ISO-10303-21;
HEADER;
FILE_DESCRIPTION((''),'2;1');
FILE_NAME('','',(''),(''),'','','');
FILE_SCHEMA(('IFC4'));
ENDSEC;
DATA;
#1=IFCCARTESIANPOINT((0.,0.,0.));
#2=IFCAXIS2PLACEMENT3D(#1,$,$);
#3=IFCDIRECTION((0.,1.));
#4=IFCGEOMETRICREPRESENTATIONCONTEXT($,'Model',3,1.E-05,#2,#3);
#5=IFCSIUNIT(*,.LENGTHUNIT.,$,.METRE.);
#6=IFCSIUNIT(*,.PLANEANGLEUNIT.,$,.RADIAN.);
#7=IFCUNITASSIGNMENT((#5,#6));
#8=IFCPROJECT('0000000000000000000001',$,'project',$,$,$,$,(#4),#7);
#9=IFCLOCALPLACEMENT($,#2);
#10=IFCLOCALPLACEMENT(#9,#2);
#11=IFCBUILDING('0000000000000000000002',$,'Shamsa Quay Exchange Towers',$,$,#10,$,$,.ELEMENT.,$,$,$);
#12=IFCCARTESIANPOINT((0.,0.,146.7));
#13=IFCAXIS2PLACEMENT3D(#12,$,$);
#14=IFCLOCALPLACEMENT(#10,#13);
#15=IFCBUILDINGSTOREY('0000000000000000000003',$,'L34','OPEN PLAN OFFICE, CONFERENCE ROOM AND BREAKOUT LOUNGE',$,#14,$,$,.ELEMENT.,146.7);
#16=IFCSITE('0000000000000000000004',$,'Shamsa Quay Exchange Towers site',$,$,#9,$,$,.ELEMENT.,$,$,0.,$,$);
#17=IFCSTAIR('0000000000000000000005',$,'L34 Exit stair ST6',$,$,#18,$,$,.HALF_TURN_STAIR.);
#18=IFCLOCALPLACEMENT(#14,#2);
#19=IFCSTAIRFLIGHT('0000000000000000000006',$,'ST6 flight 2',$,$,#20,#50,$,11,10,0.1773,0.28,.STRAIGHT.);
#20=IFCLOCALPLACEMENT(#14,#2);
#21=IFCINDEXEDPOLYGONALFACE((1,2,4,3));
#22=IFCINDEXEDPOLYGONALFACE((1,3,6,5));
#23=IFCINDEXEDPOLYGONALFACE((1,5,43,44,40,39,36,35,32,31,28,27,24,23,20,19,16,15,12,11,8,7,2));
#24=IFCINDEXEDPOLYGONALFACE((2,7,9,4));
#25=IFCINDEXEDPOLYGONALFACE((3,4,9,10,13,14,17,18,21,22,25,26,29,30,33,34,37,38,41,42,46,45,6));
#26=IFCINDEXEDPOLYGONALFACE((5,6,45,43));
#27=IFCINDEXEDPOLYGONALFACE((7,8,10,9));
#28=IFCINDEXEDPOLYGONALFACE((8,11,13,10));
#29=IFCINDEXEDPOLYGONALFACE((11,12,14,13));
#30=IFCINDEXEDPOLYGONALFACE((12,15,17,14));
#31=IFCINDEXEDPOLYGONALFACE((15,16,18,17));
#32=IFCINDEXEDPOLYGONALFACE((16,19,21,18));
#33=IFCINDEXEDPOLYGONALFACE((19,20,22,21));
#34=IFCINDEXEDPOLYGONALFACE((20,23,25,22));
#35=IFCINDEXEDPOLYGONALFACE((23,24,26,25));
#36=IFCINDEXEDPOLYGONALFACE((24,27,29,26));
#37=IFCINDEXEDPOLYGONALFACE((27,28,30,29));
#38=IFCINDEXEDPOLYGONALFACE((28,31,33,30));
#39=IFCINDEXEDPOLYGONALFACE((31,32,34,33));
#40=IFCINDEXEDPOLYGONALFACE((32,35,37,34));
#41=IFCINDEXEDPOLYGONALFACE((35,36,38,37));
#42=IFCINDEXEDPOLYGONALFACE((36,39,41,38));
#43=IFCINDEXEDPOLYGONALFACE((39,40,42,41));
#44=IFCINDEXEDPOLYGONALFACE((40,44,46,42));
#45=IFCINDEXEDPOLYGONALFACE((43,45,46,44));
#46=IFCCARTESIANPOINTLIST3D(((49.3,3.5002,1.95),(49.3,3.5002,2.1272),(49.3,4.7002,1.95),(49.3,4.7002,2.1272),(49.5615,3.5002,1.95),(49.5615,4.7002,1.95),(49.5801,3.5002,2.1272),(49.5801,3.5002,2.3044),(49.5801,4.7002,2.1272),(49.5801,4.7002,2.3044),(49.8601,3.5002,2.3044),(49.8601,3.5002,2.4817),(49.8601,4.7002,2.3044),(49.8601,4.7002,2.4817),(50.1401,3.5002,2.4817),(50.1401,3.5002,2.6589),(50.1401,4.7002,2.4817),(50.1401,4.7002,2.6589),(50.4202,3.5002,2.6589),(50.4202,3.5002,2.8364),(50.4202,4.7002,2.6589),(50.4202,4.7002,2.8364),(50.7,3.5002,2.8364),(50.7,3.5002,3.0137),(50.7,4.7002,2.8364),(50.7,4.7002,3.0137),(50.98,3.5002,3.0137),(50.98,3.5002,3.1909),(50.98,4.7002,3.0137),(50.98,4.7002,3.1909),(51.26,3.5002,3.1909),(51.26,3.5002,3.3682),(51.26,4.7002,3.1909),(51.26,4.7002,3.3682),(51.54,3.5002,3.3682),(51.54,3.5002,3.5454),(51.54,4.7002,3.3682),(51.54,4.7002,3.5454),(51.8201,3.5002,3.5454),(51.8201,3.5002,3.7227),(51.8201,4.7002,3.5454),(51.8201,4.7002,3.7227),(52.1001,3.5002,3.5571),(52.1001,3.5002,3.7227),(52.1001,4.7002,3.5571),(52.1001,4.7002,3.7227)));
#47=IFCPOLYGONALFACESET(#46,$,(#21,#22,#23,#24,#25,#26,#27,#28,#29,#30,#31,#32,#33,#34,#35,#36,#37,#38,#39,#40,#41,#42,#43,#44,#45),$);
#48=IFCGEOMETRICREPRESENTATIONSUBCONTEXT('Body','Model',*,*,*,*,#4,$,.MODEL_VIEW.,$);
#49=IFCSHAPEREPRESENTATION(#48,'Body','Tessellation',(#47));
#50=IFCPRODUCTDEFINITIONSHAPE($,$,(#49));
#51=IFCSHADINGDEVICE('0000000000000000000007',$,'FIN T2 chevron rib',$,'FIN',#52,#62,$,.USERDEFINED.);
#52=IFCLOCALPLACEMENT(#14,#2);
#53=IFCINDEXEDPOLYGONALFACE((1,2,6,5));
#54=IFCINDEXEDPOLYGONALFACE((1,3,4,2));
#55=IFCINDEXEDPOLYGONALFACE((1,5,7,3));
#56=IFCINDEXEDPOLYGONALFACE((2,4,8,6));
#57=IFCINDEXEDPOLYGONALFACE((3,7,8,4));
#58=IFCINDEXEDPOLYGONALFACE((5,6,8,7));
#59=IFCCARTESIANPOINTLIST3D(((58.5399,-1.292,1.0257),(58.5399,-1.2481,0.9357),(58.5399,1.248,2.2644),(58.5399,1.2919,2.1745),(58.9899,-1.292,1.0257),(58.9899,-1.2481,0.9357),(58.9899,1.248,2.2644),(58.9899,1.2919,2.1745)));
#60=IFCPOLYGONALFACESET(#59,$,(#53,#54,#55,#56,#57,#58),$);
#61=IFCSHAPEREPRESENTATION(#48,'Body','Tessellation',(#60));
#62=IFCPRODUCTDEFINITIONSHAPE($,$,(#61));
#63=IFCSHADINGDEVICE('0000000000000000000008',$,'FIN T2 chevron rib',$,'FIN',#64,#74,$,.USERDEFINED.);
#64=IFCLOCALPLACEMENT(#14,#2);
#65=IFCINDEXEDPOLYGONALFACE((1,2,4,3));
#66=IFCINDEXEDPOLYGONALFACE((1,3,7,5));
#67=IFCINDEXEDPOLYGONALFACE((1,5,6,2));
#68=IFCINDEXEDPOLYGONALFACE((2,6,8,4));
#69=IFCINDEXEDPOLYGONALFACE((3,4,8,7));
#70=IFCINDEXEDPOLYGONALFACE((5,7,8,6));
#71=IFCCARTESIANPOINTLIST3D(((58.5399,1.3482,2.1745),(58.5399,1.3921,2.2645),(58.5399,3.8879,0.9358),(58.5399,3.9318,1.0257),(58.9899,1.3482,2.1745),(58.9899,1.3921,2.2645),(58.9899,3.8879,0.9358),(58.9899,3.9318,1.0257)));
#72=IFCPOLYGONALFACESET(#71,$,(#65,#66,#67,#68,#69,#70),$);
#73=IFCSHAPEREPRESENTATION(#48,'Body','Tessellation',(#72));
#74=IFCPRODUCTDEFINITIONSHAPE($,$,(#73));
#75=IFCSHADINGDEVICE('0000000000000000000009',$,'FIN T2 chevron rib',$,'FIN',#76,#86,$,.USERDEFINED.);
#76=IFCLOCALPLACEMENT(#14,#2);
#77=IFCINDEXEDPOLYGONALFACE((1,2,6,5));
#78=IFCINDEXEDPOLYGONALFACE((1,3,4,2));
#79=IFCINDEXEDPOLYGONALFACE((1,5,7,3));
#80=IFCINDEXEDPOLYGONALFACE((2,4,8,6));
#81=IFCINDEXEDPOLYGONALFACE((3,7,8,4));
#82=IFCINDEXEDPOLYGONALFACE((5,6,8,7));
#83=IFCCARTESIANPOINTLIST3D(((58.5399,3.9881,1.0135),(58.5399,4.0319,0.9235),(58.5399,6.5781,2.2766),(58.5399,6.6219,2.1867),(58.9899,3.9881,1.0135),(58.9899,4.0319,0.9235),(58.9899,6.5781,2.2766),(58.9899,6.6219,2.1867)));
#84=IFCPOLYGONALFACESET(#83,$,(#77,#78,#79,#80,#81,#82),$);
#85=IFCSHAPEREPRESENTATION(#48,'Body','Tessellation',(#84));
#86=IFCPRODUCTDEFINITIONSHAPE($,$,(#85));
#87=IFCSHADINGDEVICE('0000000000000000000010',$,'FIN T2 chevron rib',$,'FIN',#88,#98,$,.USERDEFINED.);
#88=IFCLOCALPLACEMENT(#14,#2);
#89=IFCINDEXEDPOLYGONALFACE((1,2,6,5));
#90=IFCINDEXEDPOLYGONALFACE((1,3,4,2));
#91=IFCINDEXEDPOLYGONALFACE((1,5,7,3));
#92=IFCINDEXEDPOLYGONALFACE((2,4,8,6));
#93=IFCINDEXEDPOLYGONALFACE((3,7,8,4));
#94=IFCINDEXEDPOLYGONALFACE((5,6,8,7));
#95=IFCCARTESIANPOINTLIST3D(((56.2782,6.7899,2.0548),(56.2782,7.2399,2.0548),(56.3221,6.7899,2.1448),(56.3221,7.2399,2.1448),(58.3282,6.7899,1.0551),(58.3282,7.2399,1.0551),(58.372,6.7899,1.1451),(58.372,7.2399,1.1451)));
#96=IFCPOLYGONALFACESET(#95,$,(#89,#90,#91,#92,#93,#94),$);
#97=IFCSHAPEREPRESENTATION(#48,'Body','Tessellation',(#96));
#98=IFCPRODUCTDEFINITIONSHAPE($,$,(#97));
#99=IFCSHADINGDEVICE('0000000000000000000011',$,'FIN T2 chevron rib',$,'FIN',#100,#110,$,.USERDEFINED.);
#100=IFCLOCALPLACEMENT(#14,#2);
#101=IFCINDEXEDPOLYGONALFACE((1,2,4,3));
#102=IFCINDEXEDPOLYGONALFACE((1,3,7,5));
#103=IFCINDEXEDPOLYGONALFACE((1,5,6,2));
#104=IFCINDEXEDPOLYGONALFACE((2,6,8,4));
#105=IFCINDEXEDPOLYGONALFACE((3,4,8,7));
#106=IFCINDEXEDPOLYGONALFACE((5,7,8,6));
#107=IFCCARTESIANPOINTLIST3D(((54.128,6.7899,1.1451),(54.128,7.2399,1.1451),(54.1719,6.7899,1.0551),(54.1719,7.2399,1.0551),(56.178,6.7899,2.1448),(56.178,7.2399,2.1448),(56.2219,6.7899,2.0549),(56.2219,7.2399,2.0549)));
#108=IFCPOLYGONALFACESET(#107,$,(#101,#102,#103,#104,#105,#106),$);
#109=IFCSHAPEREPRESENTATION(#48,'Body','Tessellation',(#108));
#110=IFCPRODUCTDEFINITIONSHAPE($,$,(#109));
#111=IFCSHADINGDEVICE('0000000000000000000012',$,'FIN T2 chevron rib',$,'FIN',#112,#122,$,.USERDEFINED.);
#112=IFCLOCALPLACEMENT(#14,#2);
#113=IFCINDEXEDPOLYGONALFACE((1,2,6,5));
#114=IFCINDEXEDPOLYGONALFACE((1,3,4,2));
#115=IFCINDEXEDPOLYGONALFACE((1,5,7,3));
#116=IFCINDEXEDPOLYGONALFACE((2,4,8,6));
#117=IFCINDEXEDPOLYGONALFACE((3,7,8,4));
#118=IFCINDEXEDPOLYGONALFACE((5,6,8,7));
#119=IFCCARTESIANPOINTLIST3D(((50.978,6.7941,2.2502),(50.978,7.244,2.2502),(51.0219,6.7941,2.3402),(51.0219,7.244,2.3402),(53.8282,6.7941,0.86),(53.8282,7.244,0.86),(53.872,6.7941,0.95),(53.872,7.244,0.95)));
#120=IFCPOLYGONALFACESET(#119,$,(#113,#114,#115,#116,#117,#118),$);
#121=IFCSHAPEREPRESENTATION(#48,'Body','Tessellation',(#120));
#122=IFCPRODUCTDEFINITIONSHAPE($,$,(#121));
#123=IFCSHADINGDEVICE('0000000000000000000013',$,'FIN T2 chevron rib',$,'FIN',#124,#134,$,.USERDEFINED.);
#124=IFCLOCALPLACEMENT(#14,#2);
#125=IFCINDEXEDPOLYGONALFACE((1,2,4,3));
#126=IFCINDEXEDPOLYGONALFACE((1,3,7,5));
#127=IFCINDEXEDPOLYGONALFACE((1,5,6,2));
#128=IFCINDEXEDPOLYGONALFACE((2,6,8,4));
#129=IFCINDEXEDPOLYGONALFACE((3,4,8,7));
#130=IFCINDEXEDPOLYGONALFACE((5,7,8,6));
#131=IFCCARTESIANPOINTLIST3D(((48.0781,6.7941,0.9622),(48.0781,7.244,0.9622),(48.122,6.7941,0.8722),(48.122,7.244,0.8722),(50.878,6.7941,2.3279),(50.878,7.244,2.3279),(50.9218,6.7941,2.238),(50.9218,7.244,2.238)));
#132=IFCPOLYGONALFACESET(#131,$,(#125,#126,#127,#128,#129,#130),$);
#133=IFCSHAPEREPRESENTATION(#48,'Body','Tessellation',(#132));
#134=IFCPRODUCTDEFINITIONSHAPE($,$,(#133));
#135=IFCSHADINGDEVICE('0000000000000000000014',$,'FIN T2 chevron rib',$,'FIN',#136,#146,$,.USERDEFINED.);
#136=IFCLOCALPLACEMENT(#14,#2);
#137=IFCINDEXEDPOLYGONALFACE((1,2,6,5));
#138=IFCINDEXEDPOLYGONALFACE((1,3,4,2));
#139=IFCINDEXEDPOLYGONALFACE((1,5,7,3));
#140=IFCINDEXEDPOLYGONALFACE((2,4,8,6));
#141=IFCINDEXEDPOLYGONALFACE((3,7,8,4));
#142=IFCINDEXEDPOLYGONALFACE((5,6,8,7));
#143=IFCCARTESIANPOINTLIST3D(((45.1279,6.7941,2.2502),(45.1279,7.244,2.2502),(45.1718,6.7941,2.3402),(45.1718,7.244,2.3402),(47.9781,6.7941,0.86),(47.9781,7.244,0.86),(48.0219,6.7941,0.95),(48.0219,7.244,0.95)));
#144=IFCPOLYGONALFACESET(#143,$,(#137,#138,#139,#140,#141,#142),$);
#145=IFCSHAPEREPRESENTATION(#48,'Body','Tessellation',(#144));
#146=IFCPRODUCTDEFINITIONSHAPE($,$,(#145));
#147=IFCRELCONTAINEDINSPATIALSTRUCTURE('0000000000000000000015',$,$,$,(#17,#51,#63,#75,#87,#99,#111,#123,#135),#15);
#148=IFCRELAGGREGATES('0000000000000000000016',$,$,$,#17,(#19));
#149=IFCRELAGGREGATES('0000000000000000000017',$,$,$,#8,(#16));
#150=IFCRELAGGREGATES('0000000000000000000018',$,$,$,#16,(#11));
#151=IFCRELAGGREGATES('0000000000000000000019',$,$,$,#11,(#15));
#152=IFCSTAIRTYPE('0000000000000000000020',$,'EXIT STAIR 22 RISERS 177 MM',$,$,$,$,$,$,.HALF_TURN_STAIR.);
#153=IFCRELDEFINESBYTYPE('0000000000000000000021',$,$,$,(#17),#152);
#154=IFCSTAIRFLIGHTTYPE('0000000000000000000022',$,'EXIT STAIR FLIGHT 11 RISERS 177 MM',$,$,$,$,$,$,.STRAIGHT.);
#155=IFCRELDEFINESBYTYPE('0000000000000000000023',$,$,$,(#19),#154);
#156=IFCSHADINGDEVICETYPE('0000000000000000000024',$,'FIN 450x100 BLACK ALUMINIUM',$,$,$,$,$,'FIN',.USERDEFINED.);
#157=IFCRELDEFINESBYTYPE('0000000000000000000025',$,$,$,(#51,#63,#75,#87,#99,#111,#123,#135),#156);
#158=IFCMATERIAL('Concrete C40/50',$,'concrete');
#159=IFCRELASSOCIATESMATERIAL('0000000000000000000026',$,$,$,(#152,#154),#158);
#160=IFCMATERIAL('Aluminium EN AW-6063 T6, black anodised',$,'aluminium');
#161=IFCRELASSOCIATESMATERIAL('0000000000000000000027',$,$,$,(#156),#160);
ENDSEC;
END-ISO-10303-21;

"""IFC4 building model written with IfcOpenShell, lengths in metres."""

from ifc_helpers import new_model, si_unit, direction, frame, origin, origin_2d, place, context, subcontext, project, spatial, polyline, rectangle, outline, extrude, material, material_profile, profile_set, type_object, element, aggregate, save


model = new_model("IFC4")

# Units and contexts
model_context = context("Model", 3, precision=1e-05, world=origin(), true_north=direction((0.0, 1.0)))
body_context = subcontext(model_context, "Body", "Model", "MODEL_VIEW")
ifc_project = project(units=[si_unit("LENGTHUNIT", "METRE"), si_unit("PLANEANGLEUNIT", "RADIAN")], contexts=[model_context])

# Site, building, storey
site_placement = place(None, origin())
site = spatial("IfcSite", under=ifc_project, at=site_placement, Name="Shamsa Quay Exchange Towers site", CompositionType="ELEMENT", RefElevation=0.0)
building_placement = place(site_placement, origin())
building = spatial("IfcBuilding", under=site, at=building_placement, Name="Shamsa Quay Exchange Towers", CompositionType="ELEMENT")
storey_placement = place(building_placement, frame((0.0, 0.0, 146.7)))
storey = spatial("IfcBuildingStorey", under=building, at=storey_placement, Name="L34", Description="OPEN PLAN OFFICE, CONFERENCE ROOM AND BREAKOUT LOUNGE", CompositionType="ELEMENT", Elevation=146.7)

# Shared definitions
ifc_material_1 = material(Name="Aluminium EN AW-6063 T6, black anodised", Category="aluminium")

# Stair, stair flight
ifc_material_2 = material(Name="Concrete C40/50", Category="concrete")
stair_type = type_object("IfcStairType", Name="EXIT STAIR 22 RISERS 177 MM", PredefinedType="HALF_TURN_STAIR", material=ifc_material_2)
stair_placement = place(storey_placement, origin())
stair = element("IfcStair", 1, at=stair_placement, inside=storey, type_object=stair_type, Name="L34 Exit stair ST6", PredefinedType="HALF_TURN_STAIR")
stair_flight_type = type_object("IfcStairFlightType", Name="EXIT STAIR FLIGHT 11 RISERS 177 MM", PredefinedType="STRAIGHT", material=ifc_material_2)
stair_flight_1_placement = place(storey_placement, frame((49.3, 4.1001, 1.95)))
stair_flight_1 = element("IfcStairFlight", 2, at=stair_flight_1_placement, type_object=stair_flight_type, Name="ST6 flight 2", NumberOfRisers=11, NumberOfTreads=10, PredefinedType="STRAIGHT", RiserHeight=0.1773, TreadLength=0.28, context=body_context, shape_type="SweptSolid", body=[
    extrude(outline(polyline([(0.0, 0.0), (0.0, 0.1772), (0.28, 0.1772), (0.28, 0.3545), (0.5601, 0.3545), (0.5601, 0.5317), (0.8401, 0.5317), (0.8401, 0.709), (1.1201, 0.709), (1.1201, 0.8865), (1.3999, 0.8865), (1.3999, 1.0637), (1.6799, 1.0637), (1.6799, 1.241), (1.96, 1.241), (1.96, 1.4182), (2.24, 1.4182), (2.24, 1.5955), (2.52, 1.5955), (2.52, 1.7727), (2.8, 1.7727), (2.8, 1.95), (2.8, 1.6072), (0.2615, 0.0), (0.0, 0.0)])), frame((0.0, 0.6001, 0.0), z_axis=(0.0, -1.0, 0.0), x_axis=(1.0, 0.0, 0.0)), (0.0, 0.0, 1.0), 1.2),
])
aggregate(stair, [stair_flight_1])

# Shading devices
ifc_material_profile_1 = material_profile(ifc_material_1, rectangle(XDim=0.45, YDim=0.1001, at=origin_2d()), Name="FIN450x100")
ifc_profile_set_1 = profile_set([ifc_material_profile_1], Name="Aluminium EN AW-6063 T6, black anodised")
shading_device_type = type_object("IfcShadingDeviceType", Name="FIN 450x100 BLACK ALUMINIUM", ElementType="FIN", PredefinedType="USERDEFINED", material=ifc_profile_set_1)
shading_device_1_placement = place(storey_placement, frame((58.7649, -1.27, 0.9807), z_axis=(0.0, 0.898807, 0.438345), x_axis=(-1.0, 0.0, 0.0)))
element("IfcShadingDevice", 3, at=shading_device_1_placement, inside=storey, type_object=shading_device_type, Name="FIN T2 chevron rib", ObjectType="FIN", PredefinedType="USERDEFINED", context=body_context, shape_type="SweptSolid", body=[
    extrude(rectangle(XDim=0.45, YDim=0.1001, at=origin_2d()), origin(), (0.0, 0.0, 1.0), 2.8259),
])
shading_device_2_placement = place(storey_placement, frame((58.7649, 1.3701, 2.2195), z_axis=(0.0, 0.89879, -0.438379), x_axis=(-1.0, 0.0, 0.0)))
element("IfcShadingDevice", 4, at=shading_device_2_placement, inside=storey, type_object=shading_device_type, Name="FIN T2 chevron rib", ObjectType="FIN", PredefinedType="USERDEFINED", context=body_context, shape_type="SweptSolid", body=[
    extrude(rectangle(XDim=0.45, YDim=0.1001, at=origin_2d()), origin(), (0.0, 0.0, 1.0), 2.8257),
])
shading_device_3_placement = place(storey_placement, frame((58.7649, 4.01, 0.9685), z_axis=(0.0, 0.898806, 0.438347), x_axis=(-1.0, 0.0, 0.0)))
element("IfcShadingDevice", 5, at=shading_device_3_placement, inside=storey, type_object=shading_device_type, Name="FIN T2 chevron rib", ObjectType="FIN", PredefinedType="USERDEFINED", context=body_context, shape_type="SweptSolid", body=[
    extrude(rectangle(XDim=0.45, YDim=0.1001, at=origin_2d()), origin(), (0.0, 0.0, 1.0), 2.8816),
])
for number, where, z_axis, x_axis, name in (
    (6, (58.3501, 7.0149, 1.1001), (-0.898815, 0.0, 0.438329), (0.0, -1.0, 0.0), "FIN T2 chevron rib"),
    (7, (56.2, 7.0149, 2.0999), (-0.898815, 0.0, -0.438329), (0.0, -1.0, 0.0), "FIN T2 chevron rib"),
):
    element("IfcShadingDevice", number, at=place(storey_placement, frame(where, z_axis=z_axis, x_axis=x_axis)), inside=storey, type_object=shading_device_type, Name=name, ObjectType="FIN", PredefinedType="USERDEFINED", context=body_context, shape_type="SweptSolid", body=[
        extrude(rectangle(XDim=0.45, YDim=0.1001, at=origin_2d()), origin(), (0.0, 0.0, 1.0), 2.2808),
    ])
shading_device_4_placement = place(storey_placement, frame((53.8501, 7.019, 0.905), z_axis=(-0.898788, 0.0, 0.438384), x_axis=(0.0, -1.0, 0.0)))
element("IfcShadingDevice", 8, at=shading_device_4_placement, inside=storey, type_object=shading_device_type, Name="FIN T2 chevron rib", ObjectType="FIN", PredefinedType="USERDEFINED", context=body_context, shape_type="SweptSolid", body=[
    extrude(rectangle(XDim=0.45, YDim=0.1001, at=origin_2d()), origin(), (0.0, 0.0, 1.0), 3.1711),
])
shading_device_5_placement = place(storey_placement, frame((50.8999, 7.019, 2.283), z_axis=(-0.898773, 0.0, -0.438414), x_axis=(0.0, -1.0, 0.0)))
element("IfcShadingDevice", 9, at=shading_device_5_placement, inside=storey, type_object=shading_device_type, Name="FIN T2 chevron rib", ObjectType="FIN", PredefinedType="USERDEFINED", context=body_context, shape_type="SweptSolid", body=[
    extrude(rectangle(XDim=0.45, YDim=0.1001, at=origin_2d()), origin(), (0.0, 0.0, 1.0), 3.1152),
])
shading_device_6_placement = place(storey_placement, frame((48.0, 7.019, 0.905), z_axis=(-0.898788, 0.0, 0.438384), x_axis=(0.0, -1.0, 0.0)))
element("IfcShadingDevice", 10, at=shading_device_6_placement, inside=storey, type_object=shading_device_type, Name="FIN T2 chevron rib", ObjectType="FIN", PredefinedType="USERDEFINED", context=body_context, shape_type="SweptSolid", body=[
    extrude(rectangle(XDim=0.45, YDim=0.1001, at=origin_2d()), origin(), (0.0, 0.0, 1.0), 3.1711),
])

save(model, "model.ifc")
